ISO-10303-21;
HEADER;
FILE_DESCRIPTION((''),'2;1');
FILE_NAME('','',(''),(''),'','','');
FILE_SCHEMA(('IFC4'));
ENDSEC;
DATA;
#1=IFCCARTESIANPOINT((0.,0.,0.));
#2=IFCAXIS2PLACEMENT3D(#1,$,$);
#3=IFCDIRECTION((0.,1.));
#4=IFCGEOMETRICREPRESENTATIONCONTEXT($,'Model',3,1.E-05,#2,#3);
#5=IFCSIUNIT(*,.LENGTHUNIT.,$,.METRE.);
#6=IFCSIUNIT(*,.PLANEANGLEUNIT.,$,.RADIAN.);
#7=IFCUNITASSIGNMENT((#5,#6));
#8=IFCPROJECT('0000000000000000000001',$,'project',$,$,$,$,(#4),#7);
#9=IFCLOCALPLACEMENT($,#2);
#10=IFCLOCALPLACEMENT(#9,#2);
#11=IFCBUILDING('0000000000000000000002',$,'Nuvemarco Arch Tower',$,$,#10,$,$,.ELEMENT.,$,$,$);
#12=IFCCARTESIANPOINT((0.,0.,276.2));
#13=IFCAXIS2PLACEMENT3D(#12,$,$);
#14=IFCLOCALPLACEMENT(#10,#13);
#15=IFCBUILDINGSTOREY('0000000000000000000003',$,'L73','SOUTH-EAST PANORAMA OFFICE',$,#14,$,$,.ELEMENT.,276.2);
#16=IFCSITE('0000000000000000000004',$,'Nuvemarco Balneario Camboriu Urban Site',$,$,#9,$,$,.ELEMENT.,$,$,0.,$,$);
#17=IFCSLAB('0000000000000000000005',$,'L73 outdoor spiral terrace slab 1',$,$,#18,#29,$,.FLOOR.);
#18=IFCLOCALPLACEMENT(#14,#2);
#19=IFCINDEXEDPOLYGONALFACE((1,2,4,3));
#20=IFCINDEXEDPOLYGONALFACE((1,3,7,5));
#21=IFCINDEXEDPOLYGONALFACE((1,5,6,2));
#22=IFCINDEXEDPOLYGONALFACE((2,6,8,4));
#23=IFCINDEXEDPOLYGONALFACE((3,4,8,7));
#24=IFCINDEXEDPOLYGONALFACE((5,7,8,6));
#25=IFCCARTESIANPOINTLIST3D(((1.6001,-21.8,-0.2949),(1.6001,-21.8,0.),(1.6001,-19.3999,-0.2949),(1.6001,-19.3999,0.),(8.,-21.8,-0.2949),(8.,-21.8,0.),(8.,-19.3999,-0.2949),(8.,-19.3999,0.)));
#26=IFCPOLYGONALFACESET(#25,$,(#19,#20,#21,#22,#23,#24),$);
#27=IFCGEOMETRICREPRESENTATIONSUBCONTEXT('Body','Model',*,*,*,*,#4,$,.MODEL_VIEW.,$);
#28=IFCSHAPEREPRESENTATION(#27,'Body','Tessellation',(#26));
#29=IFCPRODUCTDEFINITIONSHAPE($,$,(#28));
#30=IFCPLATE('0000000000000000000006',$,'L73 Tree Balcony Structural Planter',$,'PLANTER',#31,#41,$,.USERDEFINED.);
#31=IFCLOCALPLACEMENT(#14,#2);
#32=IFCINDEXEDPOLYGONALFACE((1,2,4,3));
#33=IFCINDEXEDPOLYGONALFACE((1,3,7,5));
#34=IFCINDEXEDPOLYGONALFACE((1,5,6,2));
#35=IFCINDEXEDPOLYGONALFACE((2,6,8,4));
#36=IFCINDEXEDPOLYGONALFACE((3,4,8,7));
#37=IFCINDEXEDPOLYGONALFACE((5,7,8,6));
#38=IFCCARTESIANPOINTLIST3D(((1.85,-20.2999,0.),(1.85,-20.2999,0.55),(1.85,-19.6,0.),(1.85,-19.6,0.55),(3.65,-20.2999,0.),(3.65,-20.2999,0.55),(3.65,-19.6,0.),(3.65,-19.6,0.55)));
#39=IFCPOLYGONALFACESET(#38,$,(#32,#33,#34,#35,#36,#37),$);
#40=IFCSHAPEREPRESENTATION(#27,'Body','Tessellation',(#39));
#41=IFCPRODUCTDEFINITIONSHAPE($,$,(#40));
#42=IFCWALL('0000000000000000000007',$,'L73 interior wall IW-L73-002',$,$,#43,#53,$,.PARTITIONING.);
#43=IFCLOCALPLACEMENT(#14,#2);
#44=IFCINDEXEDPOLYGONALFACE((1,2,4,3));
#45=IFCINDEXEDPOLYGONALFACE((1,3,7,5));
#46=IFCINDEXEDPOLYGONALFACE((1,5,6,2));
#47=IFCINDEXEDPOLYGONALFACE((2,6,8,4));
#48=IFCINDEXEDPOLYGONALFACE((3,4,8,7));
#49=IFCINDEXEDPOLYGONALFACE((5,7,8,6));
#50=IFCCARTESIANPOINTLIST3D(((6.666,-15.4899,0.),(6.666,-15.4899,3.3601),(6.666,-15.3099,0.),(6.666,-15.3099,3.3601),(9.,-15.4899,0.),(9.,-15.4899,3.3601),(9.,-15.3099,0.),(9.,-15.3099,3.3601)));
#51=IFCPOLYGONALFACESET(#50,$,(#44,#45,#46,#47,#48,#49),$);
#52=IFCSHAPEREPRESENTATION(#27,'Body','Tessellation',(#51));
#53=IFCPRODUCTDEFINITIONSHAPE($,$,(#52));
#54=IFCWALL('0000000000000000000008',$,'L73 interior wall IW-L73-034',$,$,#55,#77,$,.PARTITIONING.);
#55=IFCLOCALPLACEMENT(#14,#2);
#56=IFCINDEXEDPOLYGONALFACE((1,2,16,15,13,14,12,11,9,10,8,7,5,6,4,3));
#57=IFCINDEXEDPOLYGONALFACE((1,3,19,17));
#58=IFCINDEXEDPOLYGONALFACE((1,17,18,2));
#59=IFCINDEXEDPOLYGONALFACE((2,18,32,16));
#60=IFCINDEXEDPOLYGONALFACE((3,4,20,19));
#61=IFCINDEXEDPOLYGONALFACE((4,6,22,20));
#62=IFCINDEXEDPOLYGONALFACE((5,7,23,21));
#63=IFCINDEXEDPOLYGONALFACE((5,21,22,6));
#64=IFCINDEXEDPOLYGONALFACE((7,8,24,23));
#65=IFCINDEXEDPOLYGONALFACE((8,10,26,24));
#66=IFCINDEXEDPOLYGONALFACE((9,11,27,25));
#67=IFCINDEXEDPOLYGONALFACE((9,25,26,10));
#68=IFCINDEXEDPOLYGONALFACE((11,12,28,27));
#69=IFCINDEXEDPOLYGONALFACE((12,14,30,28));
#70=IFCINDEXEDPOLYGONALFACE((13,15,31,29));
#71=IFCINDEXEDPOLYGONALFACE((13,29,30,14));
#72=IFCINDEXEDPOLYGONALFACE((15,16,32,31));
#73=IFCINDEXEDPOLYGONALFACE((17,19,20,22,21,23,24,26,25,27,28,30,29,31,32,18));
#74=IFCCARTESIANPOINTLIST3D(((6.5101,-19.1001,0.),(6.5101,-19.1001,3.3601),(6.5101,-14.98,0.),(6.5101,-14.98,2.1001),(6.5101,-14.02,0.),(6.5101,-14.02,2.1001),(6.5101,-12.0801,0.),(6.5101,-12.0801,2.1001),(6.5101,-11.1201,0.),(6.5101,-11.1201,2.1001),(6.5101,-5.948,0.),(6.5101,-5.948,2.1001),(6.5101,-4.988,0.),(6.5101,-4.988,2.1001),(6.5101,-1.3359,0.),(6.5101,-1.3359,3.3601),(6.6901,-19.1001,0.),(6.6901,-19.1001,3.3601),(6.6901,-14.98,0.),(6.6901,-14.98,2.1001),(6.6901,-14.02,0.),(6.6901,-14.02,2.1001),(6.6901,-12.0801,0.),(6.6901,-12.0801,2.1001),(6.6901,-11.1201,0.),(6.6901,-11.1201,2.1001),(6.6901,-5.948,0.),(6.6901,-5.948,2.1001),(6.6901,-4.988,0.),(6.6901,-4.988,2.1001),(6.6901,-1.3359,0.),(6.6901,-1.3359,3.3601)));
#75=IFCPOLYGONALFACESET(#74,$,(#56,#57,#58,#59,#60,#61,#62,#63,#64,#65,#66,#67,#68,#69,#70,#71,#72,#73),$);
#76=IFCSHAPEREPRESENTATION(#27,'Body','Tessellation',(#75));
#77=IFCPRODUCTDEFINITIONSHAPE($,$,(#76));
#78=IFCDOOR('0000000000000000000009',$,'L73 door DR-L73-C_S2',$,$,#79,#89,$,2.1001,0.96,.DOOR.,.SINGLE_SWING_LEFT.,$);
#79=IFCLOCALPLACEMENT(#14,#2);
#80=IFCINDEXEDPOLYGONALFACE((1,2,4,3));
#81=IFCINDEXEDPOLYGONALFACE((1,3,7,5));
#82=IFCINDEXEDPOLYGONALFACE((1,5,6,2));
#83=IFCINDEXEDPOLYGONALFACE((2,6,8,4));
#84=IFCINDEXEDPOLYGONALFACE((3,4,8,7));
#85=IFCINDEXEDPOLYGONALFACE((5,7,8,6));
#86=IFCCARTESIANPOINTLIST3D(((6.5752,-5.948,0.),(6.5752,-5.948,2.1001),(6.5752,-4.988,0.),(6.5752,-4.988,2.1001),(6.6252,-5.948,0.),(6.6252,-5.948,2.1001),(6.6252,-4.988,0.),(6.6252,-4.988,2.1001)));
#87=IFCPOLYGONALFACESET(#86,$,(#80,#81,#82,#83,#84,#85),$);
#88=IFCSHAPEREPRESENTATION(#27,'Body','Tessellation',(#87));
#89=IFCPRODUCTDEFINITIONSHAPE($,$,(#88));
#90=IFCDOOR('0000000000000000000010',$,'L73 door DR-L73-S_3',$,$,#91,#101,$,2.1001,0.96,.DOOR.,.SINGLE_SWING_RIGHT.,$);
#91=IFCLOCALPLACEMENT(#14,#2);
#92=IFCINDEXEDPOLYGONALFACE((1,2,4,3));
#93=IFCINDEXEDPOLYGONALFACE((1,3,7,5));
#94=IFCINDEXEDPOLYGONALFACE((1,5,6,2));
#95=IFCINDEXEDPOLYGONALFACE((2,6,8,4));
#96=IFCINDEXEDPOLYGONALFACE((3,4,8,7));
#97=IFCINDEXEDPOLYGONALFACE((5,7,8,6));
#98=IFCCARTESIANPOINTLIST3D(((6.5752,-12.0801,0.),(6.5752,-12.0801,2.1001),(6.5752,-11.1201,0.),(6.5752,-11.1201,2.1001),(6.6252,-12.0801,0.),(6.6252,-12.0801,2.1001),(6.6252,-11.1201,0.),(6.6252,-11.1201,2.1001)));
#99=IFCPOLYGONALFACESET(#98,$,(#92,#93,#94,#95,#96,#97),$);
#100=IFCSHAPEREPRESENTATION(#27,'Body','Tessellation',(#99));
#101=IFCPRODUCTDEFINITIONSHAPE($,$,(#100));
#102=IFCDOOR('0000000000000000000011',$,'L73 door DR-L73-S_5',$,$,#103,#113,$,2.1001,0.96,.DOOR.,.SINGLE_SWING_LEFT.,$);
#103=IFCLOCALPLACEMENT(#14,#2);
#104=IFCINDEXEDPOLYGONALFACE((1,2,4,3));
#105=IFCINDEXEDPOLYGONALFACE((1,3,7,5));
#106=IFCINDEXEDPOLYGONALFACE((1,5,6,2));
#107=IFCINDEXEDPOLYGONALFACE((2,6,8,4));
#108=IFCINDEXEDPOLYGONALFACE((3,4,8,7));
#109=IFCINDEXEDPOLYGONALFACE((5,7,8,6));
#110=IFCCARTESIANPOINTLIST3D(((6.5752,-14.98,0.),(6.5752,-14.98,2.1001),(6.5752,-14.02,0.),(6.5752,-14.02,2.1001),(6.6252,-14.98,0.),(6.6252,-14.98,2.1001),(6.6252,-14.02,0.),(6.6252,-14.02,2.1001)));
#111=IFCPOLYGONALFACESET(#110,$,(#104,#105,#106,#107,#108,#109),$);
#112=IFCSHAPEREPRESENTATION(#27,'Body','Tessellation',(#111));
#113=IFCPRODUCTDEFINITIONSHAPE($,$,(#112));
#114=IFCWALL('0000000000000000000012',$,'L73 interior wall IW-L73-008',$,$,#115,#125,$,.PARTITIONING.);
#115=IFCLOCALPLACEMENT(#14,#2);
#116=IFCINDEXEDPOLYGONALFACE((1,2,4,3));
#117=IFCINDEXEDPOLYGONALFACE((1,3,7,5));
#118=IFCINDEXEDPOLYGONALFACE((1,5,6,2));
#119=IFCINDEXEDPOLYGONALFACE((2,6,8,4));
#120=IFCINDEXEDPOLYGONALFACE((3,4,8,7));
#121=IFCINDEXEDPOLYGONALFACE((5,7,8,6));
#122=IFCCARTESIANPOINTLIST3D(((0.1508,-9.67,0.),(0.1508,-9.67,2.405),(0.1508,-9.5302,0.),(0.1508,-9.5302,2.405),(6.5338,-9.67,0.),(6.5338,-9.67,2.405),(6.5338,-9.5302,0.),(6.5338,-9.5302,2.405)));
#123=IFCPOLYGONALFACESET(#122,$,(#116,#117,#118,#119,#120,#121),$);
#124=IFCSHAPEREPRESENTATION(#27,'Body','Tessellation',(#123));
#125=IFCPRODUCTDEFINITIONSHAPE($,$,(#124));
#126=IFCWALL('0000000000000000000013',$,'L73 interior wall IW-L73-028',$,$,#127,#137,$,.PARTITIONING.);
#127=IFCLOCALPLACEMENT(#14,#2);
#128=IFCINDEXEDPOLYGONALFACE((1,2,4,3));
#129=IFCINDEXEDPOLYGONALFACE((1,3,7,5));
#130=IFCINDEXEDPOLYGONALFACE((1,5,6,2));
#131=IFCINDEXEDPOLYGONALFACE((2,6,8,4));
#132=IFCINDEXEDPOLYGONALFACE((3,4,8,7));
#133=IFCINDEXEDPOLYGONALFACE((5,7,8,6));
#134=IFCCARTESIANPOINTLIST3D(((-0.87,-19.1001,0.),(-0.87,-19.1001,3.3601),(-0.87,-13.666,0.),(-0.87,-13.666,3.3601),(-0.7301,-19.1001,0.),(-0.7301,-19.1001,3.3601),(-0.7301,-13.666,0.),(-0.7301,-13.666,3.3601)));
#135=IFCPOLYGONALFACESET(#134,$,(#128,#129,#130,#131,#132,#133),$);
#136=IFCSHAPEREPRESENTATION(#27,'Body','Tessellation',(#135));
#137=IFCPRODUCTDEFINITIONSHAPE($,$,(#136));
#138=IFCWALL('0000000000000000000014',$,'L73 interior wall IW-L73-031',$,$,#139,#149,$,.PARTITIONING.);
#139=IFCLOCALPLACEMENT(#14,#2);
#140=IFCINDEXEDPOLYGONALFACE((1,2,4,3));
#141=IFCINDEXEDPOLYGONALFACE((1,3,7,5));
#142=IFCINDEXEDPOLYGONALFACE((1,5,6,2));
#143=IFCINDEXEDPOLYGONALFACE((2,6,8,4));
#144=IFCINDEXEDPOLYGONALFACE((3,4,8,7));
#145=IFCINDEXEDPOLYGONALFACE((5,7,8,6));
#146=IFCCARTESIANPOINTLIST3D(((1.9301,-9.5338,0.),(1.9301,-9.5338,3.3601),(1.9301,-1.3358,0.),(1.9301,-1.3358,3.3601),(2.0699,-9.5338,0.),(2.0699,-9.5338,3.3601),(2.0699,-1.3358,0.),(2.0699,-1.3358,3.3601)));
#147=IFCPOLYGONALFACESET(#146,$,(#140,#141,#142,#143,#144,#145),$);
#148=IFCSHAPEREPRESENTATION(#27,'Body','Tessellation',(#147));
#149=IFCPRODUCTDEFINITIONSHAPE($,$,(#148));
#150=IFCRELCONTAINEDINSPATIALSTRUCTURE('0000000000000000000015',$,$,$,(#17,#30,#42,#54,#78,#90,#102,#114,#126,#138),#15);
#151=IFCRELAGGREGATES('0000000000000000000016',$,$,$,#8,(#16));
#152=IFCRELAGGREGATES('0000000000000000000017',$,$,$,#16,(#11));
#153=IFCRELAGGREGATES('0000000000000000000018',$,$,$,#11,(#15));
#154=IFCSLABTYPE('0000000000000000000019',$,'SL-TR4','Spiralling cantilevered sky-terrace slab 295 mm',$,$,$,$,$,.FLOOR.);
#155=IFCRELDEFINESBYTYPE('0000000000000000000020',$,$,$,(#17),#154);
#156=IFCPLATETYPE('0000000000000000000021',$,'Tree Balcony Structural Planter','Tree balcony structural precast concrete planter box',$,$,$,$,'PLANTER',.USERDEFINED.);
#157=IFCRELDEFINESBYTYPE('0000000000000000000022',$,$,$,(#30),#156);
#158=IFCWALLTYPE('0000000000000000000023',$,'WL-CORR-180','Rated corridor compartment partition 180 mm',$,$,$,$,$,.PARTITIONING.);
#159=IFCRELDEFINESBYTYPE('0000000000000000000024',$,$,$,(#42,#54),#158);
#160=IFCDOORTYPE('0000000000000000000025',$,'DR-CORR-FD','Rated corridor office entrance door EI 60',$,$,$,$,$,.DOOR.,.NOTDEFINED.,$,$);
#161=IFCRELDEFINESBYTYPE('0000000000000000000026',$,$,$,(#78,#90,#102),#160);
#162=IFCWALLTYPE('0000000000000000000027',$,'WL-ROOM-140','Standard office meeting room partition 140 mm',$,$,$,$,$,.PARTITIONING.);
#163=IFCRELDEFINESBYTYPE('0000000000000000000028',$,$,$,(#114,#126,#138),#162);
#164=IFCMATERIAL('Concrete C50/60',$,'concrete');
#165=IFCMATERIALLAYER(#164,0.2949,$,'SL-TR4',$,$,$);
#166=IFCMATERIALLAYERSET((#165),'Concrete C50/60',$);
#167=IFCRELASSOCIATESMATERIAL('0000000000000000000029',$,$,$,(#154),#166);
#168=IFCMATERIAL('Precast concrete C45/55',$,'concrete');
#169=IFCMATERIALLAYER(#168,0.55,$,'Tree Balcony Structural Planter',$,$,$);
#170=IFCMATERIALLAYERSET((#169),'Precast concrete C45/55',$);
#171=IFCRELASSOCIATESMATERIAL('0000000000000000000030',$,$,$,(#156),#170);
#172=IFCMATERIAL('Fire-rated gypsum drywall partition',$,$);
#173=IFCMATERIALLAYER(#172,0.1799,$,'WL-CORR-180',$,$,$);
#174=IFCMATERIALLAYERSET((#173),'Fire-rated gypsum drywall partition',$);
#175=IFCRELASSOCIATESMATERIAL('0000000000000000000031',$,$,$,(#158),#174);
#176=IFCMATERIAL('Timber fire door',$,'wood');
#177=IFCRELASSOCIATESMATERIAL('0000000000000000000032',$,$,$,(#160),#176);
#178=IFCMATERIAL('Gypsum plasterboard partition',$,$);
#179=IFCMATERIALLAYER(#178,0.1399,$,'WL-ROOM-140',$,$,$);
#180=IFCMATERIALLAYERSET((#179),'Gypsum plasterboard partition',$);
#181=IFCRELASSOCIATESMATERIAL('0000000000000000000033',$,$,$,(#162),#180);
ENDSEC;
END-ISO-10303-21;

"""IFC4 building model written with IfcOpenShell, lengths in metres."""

from ifc_helpers import new_model, si_unit, direction, frame, frame_2d, origin, origin_2d, place, context, subcontext, project, spatial, polyline, rectangle, outline, extrude, source, transform, mapped, material, layer, layer_set, type_object, type_shapes, element, fill, save


model = new_model("IFC4")

# Units and contexts
model_context = context("Model", 3, precision=1e-05, world=origin(), true_north=direction((0.0, 1.0)))
body_context = subcontext(model_context, "Body", "Model", "MODEL_VIEW")
ifc_project = project(units=[si_unit("LENGTHUNIT", "METRE"), si_unit("PLANEANGLEUNIT", "RADIAN")], contexts=[model_context])

# Site, building, storey
site_placement = place(None, origin())
site = spatial("IfcSite", under=ifc_project, at=site_placement, Name="Nuvemarco Balneario Camboriu Urban Site", CompositionType="ELEMENT", RefElevation=0.0)
building_placement = place(site_placement, origin())
building = spatial("IfcBuilding", under=site, at=building_placement, Name="Nuvemarco Arch Tower", CompositionType="ELEMENT")
storey_placement = place(building_placement, frame((0.0, 0.0, 276.2)))
storey = spatial("IfcBuildingStorey", under=building, at=storey_placement, Name="L73", Description="SOUTH-EAST PANORAMA OFFICE", CompositionType="ELEMENT", Elevation=276.2)

# Shared definitions
ifc_material_1 = material(Name="Precast concrete C45/55", Category="concrete")

# Shared definitions
ifc_material_2 = material(Name="Concrete C50/60", Category="concrete")

# Slab
ifc_layer_1 = layer(ifc_material_2, 0.2949, Name="SL-TR4")
ifc_layer_set_1 = layer_set([ifc_layer_1], Name="Concrete C50/60")
slab_type_1 = type_object("IfcSlabType", Name="SL-TR4", Description="Spiralling cantilevered sky-terrace slab 295 mm", PredefinedType="FLOOR", material=ifc_layer_set_1)
slab_1_placement = place(storey_placement, frame((0.0, 0.0, -0.2949)))
element("IfcSlab", 1, at=slab_1_placement, inside=storey, type_object=slab_type_1, Name="L73 outdoor spiral terrace slab 1", PredefinedType="FLOOR", context=body_context, shape_type="SweptSolid", body=[
    extrude(outline(polyline([(1.6001, -21.8), (8.0, -21.8), (8.0, -19.3999), (1.6001, -19.3999), (1.6001, -21.8)])), origin(), (0.0, 0.0, 1.0), 0.2949),
])

# Plate
ifc_layer_2 = layer(ifc_material_1, 0.55, Name="Tree Balcony Structural Planter")
ifc_layer_set_2 = layer_set([ifc_layer_2], Name="Precast concrete C45/55")
plate_type = type_object("IfcPlateType", Name="Tree Balcony Structural Planter", Description="Tree balcony structural precast concrete planter box", ElementType="PLANTER", PredefinedType="USERDEFINED", material=ifc_layer_set_2)
shared_shape_1 = source(origin(), body_context, "Body", "SweptSolid", [
    extrude(rectangle(XDim=1.8, YDim=0.7, at=origin_2d()), origin(), (0.0, 0.0, 1.0), 0.55),
])
type_shapes(plate_type, [shared_shape_1])
plate_placement = place(storey_placement, frame((2.75, -19.95, 0.0), z_axis=(0.0, 0.0, 1.0), x_axis=(1.0, 0.0, 0.0)))
element("IfcPlate", 2, at=plate_placement, inside=storey, type_object=plate_type, Name="L73 Tree Balcony Structural Planter", ObjectType="PLANTER", PredefinedType="USERDEFINED", context=body_context, shape_type="MappedRepresentation", body=[
    mapped(shared_shape_1, transform((0.0, 0.0, 0.0), scale=1.0)),
])

# Wall
ifc_material_3 = material(Name="Fire-rated gypsum drywall partition")
ifc_layer_3 = layer(ifc_material_3, 0.1799, Name="WL-CORR-180")
ifc_layer_set_3 = layer_set([ifc_layer_3], Name="Fire-rated gypsum drywall partition")
wall_type_1 = type_object("IfcWallType", Name="WL-CORR-180", Description="Rated corridor compartment partition 180 mm", PredefinedType="PARTITIONING", material=ifc_layer_set_3)
wall_1_placement = place(storey_placement, frame((6.666, -15.3999, 0.0), z_axis=(0.0, 0.0, 1.0), x_axis=(1.0, 0.0, 0.0)))
element("IfcWall", 3, at=wall_1_placement, inside=storey, type_object=wall_type_1, Name="L73 interior wall IW-L73-002", PredefinedType="PARTITIONING", context=body_context, shape_type="SweptSolid", body=[
    extrude(rectangle(XDim=2.334, YDim=0.1799, at=frame_2d((1.167, 0.0))), origin(), (0.0, 0.0, 1.0), 3.3601),
])

# Wall, openings, doors
wall_2_placement = place(storey_placement, frame((6.6001, -19.1001, 0.0), z_axis=(0.0, 0.0, 1.0), x_axis=(0.0, 1.0, 0.0)))
wall_2 = element("IfcWall", 4, at=wall_2_placement, inside=storey, type_object=wall_type_1, Name="L73 interior wall IW-L73-034", PredefinedType="PARTITIONING", context=body_context, shape_type="SweptSolid", body=[
    extrude(rectangle(XDim=17.7642, YDim=0.1799, at=frame_2d((8.8821, 0.0))), origin(), (0.0, 0.0, 1.0), 3.3601),
])
opening_1_placement = place(wall_2_placement, frame((13.1521, 0.0, 0.0)))
opening_1 = element("IfcOpeningElement", 5, at=opening_1_placement, cuts=wall_2, PredefinedType="OPENING", context=body_context, shape_type="SweptSolid", body=[
    extrude(rectangle(XDim=0.96, YDim=2.1001, at=frame_2d((0.48, 1.05))), frame((0.0, 0.0999, 0.0), z_axis=(0.0, -1.0, 0.0), x_axis=(1.0, 0.0, 0.0)), (0.0, 0.0, 1.0), 0.2),
])
opening_2_placement = place(wall_2_placement, frame((7.02, 0.0, 0.0)))
opening_2 = element("IfcOpeningElement", 6, at=opening_2_placement, cuts=wall_2, PredefinedType="OPENING", context=body_context, shape_type="SweptSolid", body=[
    extrude(rectangle(XDim=0.96, YDim=2.1001, at=frame_2d((0.48, 1.05))), frame((0.0, 0.0999, 0.0), z_axis=(0.0, -1.0, 0.0), x_axis=(1.0, 0.0, 0.0)), (0.0, 0.0, 1.0), 0.2),
])
opening_3_placement = place(wall_2_placement, frame((4.1201, 0.0, 0.0)))
opening_3 = element("IfcOpeningElement", 7, at=opening_3_placement, cuts=wall_2, PredefinedType="OPENING", context=body_context, shape_type="SweptSolid", body=[
    extrude(rectangle(XDim=0.96, YDim=2.1001, at=frame_2d((0.48, 1.05))), frame((0.0, 0.0999, 0.0), z_axis=(0.0, -1.0, 0.0), x_axis=(1.0, 0.0, 0.0)), (0.0, 0.0, 1.0), 0.2),
])
ifc_material_4 = material(Name="Timber fire door", Category="wood")
door_type = type_object("IfcDoorType", Name="DR-CORR-FD", Description="Rated corridor office entrance door EI 60", OperationType="NOTDEFINED", PredefinedType="DOOR", material=ifc_material_4)
shared_shape_2 = source(origin(), body_context, "Body", "SweptSolid", [
    extrude(rectangle(XDim=0.96, YDim=2.1001, at=frame_2d((0.48, 1.05))), frame((0.0, 0.0249, 0.0), z_axis=(0.0, -1.0, 0.0), x_axis=(1.0, 0.0, 0.0)), (0.0, 0.0, 1.0), 0.05),
])
type_shapes(door_type, [shared_shape_2])
door_1_placement = place(opening_1_placement, origin())
door_1 = element("IfcDoor", 8, at=door_1_placement, inside=storey, type_object=door_type, Name="L73 door DR-L73-C_S2", OperationType="SINGLE_SWING_LEFT", OverallHeight=2.1001, OverallWidth=0.96, PredefinedType="DOOR", context=body_context, shape_type="MappedRepresentation", body=[
    mapped(shared_shape_2, transform((0.0, 0.0, 0.0), scale=1.0)),
])
fill(opening_1, door_1)
door_2_placement = place(opening_2_placement, origin())
door_2 = element("IfcDoor", 9, at=door_2_placement, inside=storey, type_object=door_type, Name="L73 door DR-L73-S_3", OperationType="SINGLE_SWING_RIGHT", OverallHeight=2.1001, OverallWidth=0.96, PredefinedType="DOOR", context=body_context, shape_type="MappedRepresentation", body=[
    mapped(shared_shape_2, transform((0.0, 0.0, 0.0), scale=1.0)),
])
fill(opening_2, door_2)
door_3_placement = place(opening_3_placement, origin())
door_3 = element("IfcDoor", 10, at=door_3_placement, inside=storey, type_object=door_type, Name="L73 door DR-L73-S_5", OperationType="SINGLE_SWING_LEFT", OverallHeight=2.1001, OverallWidth=0.96, PredefinedType="DOOR", context=body_context, shape_type="MappedRepresentation", body=[
    mapped(shared_shape_2, transform((0.0, 0.0, 0.0), scale=1.0)),
])
fill(opening_3, door_3)

# Walls
ifc_material_5 = material(Name="Gypsum plasterboard partition")
ifc_layer_4 = layer(ifc_material_5, 0.1399, Name="WL-ROOM-140")
ifc_layer_set_4 = layer_set([ifc_layer_4], Name="Gypsum plasterboard partition")
wall_type_2 = type_object("IfcWallType", Name="WL-ROOM-140", Description="Standard office meeting room partition 140 mm", PredefinedType="PARTITIONING", material=ifc_layer_set_4)
wall_3_placement = place(storey_placement, frame((0.1509, -9.6001, 0.0), z_axis=(0.0, 0.0, 1.0), x_axis=(1.0, 0.0, 0.0)))
element("IfcWall", 11, at=wall_3_placement, inside=storey, type_object=wall_type_2, Name="L73 interior wall IW-L73-008", PredefinedType="PARTITIONING", context=body_context, shape_type="SweptSolid", body=[
    extrude(rectangle(XDim=6.3831, YDim=0.1399, at=frame_2d((3.1914, 0.0))), origin(), (0.0, 0.0, 1.0), 2.405),
])
wall_4_placement = place(storey_placement, frame((-0.8, -19.1001, 0.0), z_axis=(0.0, 0.0, 1.0), x_axis=(0.0, 1.0, 0.0)))
element("IfcWall", 12, at=wall_4_placement, inside=storey, type_object=wall_type_2, Name="L73 interior wall IW-L73-028", PredefinedType="PARTITIONING", context=body_context, shape_type="SweptSolid", body=[
    extrude(rectangle(XDim=5.4341, YDim=0.1399, at=frame_2d((2.717, 0.0))), origin(), (0.0, 0.0, 1.0), 3.3601),
])
wall_5_placement = place(storey_placement, frame((2.0, -9.5339, 0.0), z_axis=(0.0, 0.0, 1.0), x_axis=(0.0, 1.0, 0.0)))
element("IfcWall", 13, at=wall_5_placement, inside=storey, type_object=wall_type_2, Name="L73 interior wall IW-L73-031", PredefinedType="PARTITIONING", context=body_context, shape_type="SweptSolid", body=[
    extrude(rectangle(XDim=8.198, YDim=0.1399, at=frame_2d((4.0991, 0.0))), origin(), (0.0, 0.0, 1.0), 3.3601),
])

save(model, "model.ifc")
